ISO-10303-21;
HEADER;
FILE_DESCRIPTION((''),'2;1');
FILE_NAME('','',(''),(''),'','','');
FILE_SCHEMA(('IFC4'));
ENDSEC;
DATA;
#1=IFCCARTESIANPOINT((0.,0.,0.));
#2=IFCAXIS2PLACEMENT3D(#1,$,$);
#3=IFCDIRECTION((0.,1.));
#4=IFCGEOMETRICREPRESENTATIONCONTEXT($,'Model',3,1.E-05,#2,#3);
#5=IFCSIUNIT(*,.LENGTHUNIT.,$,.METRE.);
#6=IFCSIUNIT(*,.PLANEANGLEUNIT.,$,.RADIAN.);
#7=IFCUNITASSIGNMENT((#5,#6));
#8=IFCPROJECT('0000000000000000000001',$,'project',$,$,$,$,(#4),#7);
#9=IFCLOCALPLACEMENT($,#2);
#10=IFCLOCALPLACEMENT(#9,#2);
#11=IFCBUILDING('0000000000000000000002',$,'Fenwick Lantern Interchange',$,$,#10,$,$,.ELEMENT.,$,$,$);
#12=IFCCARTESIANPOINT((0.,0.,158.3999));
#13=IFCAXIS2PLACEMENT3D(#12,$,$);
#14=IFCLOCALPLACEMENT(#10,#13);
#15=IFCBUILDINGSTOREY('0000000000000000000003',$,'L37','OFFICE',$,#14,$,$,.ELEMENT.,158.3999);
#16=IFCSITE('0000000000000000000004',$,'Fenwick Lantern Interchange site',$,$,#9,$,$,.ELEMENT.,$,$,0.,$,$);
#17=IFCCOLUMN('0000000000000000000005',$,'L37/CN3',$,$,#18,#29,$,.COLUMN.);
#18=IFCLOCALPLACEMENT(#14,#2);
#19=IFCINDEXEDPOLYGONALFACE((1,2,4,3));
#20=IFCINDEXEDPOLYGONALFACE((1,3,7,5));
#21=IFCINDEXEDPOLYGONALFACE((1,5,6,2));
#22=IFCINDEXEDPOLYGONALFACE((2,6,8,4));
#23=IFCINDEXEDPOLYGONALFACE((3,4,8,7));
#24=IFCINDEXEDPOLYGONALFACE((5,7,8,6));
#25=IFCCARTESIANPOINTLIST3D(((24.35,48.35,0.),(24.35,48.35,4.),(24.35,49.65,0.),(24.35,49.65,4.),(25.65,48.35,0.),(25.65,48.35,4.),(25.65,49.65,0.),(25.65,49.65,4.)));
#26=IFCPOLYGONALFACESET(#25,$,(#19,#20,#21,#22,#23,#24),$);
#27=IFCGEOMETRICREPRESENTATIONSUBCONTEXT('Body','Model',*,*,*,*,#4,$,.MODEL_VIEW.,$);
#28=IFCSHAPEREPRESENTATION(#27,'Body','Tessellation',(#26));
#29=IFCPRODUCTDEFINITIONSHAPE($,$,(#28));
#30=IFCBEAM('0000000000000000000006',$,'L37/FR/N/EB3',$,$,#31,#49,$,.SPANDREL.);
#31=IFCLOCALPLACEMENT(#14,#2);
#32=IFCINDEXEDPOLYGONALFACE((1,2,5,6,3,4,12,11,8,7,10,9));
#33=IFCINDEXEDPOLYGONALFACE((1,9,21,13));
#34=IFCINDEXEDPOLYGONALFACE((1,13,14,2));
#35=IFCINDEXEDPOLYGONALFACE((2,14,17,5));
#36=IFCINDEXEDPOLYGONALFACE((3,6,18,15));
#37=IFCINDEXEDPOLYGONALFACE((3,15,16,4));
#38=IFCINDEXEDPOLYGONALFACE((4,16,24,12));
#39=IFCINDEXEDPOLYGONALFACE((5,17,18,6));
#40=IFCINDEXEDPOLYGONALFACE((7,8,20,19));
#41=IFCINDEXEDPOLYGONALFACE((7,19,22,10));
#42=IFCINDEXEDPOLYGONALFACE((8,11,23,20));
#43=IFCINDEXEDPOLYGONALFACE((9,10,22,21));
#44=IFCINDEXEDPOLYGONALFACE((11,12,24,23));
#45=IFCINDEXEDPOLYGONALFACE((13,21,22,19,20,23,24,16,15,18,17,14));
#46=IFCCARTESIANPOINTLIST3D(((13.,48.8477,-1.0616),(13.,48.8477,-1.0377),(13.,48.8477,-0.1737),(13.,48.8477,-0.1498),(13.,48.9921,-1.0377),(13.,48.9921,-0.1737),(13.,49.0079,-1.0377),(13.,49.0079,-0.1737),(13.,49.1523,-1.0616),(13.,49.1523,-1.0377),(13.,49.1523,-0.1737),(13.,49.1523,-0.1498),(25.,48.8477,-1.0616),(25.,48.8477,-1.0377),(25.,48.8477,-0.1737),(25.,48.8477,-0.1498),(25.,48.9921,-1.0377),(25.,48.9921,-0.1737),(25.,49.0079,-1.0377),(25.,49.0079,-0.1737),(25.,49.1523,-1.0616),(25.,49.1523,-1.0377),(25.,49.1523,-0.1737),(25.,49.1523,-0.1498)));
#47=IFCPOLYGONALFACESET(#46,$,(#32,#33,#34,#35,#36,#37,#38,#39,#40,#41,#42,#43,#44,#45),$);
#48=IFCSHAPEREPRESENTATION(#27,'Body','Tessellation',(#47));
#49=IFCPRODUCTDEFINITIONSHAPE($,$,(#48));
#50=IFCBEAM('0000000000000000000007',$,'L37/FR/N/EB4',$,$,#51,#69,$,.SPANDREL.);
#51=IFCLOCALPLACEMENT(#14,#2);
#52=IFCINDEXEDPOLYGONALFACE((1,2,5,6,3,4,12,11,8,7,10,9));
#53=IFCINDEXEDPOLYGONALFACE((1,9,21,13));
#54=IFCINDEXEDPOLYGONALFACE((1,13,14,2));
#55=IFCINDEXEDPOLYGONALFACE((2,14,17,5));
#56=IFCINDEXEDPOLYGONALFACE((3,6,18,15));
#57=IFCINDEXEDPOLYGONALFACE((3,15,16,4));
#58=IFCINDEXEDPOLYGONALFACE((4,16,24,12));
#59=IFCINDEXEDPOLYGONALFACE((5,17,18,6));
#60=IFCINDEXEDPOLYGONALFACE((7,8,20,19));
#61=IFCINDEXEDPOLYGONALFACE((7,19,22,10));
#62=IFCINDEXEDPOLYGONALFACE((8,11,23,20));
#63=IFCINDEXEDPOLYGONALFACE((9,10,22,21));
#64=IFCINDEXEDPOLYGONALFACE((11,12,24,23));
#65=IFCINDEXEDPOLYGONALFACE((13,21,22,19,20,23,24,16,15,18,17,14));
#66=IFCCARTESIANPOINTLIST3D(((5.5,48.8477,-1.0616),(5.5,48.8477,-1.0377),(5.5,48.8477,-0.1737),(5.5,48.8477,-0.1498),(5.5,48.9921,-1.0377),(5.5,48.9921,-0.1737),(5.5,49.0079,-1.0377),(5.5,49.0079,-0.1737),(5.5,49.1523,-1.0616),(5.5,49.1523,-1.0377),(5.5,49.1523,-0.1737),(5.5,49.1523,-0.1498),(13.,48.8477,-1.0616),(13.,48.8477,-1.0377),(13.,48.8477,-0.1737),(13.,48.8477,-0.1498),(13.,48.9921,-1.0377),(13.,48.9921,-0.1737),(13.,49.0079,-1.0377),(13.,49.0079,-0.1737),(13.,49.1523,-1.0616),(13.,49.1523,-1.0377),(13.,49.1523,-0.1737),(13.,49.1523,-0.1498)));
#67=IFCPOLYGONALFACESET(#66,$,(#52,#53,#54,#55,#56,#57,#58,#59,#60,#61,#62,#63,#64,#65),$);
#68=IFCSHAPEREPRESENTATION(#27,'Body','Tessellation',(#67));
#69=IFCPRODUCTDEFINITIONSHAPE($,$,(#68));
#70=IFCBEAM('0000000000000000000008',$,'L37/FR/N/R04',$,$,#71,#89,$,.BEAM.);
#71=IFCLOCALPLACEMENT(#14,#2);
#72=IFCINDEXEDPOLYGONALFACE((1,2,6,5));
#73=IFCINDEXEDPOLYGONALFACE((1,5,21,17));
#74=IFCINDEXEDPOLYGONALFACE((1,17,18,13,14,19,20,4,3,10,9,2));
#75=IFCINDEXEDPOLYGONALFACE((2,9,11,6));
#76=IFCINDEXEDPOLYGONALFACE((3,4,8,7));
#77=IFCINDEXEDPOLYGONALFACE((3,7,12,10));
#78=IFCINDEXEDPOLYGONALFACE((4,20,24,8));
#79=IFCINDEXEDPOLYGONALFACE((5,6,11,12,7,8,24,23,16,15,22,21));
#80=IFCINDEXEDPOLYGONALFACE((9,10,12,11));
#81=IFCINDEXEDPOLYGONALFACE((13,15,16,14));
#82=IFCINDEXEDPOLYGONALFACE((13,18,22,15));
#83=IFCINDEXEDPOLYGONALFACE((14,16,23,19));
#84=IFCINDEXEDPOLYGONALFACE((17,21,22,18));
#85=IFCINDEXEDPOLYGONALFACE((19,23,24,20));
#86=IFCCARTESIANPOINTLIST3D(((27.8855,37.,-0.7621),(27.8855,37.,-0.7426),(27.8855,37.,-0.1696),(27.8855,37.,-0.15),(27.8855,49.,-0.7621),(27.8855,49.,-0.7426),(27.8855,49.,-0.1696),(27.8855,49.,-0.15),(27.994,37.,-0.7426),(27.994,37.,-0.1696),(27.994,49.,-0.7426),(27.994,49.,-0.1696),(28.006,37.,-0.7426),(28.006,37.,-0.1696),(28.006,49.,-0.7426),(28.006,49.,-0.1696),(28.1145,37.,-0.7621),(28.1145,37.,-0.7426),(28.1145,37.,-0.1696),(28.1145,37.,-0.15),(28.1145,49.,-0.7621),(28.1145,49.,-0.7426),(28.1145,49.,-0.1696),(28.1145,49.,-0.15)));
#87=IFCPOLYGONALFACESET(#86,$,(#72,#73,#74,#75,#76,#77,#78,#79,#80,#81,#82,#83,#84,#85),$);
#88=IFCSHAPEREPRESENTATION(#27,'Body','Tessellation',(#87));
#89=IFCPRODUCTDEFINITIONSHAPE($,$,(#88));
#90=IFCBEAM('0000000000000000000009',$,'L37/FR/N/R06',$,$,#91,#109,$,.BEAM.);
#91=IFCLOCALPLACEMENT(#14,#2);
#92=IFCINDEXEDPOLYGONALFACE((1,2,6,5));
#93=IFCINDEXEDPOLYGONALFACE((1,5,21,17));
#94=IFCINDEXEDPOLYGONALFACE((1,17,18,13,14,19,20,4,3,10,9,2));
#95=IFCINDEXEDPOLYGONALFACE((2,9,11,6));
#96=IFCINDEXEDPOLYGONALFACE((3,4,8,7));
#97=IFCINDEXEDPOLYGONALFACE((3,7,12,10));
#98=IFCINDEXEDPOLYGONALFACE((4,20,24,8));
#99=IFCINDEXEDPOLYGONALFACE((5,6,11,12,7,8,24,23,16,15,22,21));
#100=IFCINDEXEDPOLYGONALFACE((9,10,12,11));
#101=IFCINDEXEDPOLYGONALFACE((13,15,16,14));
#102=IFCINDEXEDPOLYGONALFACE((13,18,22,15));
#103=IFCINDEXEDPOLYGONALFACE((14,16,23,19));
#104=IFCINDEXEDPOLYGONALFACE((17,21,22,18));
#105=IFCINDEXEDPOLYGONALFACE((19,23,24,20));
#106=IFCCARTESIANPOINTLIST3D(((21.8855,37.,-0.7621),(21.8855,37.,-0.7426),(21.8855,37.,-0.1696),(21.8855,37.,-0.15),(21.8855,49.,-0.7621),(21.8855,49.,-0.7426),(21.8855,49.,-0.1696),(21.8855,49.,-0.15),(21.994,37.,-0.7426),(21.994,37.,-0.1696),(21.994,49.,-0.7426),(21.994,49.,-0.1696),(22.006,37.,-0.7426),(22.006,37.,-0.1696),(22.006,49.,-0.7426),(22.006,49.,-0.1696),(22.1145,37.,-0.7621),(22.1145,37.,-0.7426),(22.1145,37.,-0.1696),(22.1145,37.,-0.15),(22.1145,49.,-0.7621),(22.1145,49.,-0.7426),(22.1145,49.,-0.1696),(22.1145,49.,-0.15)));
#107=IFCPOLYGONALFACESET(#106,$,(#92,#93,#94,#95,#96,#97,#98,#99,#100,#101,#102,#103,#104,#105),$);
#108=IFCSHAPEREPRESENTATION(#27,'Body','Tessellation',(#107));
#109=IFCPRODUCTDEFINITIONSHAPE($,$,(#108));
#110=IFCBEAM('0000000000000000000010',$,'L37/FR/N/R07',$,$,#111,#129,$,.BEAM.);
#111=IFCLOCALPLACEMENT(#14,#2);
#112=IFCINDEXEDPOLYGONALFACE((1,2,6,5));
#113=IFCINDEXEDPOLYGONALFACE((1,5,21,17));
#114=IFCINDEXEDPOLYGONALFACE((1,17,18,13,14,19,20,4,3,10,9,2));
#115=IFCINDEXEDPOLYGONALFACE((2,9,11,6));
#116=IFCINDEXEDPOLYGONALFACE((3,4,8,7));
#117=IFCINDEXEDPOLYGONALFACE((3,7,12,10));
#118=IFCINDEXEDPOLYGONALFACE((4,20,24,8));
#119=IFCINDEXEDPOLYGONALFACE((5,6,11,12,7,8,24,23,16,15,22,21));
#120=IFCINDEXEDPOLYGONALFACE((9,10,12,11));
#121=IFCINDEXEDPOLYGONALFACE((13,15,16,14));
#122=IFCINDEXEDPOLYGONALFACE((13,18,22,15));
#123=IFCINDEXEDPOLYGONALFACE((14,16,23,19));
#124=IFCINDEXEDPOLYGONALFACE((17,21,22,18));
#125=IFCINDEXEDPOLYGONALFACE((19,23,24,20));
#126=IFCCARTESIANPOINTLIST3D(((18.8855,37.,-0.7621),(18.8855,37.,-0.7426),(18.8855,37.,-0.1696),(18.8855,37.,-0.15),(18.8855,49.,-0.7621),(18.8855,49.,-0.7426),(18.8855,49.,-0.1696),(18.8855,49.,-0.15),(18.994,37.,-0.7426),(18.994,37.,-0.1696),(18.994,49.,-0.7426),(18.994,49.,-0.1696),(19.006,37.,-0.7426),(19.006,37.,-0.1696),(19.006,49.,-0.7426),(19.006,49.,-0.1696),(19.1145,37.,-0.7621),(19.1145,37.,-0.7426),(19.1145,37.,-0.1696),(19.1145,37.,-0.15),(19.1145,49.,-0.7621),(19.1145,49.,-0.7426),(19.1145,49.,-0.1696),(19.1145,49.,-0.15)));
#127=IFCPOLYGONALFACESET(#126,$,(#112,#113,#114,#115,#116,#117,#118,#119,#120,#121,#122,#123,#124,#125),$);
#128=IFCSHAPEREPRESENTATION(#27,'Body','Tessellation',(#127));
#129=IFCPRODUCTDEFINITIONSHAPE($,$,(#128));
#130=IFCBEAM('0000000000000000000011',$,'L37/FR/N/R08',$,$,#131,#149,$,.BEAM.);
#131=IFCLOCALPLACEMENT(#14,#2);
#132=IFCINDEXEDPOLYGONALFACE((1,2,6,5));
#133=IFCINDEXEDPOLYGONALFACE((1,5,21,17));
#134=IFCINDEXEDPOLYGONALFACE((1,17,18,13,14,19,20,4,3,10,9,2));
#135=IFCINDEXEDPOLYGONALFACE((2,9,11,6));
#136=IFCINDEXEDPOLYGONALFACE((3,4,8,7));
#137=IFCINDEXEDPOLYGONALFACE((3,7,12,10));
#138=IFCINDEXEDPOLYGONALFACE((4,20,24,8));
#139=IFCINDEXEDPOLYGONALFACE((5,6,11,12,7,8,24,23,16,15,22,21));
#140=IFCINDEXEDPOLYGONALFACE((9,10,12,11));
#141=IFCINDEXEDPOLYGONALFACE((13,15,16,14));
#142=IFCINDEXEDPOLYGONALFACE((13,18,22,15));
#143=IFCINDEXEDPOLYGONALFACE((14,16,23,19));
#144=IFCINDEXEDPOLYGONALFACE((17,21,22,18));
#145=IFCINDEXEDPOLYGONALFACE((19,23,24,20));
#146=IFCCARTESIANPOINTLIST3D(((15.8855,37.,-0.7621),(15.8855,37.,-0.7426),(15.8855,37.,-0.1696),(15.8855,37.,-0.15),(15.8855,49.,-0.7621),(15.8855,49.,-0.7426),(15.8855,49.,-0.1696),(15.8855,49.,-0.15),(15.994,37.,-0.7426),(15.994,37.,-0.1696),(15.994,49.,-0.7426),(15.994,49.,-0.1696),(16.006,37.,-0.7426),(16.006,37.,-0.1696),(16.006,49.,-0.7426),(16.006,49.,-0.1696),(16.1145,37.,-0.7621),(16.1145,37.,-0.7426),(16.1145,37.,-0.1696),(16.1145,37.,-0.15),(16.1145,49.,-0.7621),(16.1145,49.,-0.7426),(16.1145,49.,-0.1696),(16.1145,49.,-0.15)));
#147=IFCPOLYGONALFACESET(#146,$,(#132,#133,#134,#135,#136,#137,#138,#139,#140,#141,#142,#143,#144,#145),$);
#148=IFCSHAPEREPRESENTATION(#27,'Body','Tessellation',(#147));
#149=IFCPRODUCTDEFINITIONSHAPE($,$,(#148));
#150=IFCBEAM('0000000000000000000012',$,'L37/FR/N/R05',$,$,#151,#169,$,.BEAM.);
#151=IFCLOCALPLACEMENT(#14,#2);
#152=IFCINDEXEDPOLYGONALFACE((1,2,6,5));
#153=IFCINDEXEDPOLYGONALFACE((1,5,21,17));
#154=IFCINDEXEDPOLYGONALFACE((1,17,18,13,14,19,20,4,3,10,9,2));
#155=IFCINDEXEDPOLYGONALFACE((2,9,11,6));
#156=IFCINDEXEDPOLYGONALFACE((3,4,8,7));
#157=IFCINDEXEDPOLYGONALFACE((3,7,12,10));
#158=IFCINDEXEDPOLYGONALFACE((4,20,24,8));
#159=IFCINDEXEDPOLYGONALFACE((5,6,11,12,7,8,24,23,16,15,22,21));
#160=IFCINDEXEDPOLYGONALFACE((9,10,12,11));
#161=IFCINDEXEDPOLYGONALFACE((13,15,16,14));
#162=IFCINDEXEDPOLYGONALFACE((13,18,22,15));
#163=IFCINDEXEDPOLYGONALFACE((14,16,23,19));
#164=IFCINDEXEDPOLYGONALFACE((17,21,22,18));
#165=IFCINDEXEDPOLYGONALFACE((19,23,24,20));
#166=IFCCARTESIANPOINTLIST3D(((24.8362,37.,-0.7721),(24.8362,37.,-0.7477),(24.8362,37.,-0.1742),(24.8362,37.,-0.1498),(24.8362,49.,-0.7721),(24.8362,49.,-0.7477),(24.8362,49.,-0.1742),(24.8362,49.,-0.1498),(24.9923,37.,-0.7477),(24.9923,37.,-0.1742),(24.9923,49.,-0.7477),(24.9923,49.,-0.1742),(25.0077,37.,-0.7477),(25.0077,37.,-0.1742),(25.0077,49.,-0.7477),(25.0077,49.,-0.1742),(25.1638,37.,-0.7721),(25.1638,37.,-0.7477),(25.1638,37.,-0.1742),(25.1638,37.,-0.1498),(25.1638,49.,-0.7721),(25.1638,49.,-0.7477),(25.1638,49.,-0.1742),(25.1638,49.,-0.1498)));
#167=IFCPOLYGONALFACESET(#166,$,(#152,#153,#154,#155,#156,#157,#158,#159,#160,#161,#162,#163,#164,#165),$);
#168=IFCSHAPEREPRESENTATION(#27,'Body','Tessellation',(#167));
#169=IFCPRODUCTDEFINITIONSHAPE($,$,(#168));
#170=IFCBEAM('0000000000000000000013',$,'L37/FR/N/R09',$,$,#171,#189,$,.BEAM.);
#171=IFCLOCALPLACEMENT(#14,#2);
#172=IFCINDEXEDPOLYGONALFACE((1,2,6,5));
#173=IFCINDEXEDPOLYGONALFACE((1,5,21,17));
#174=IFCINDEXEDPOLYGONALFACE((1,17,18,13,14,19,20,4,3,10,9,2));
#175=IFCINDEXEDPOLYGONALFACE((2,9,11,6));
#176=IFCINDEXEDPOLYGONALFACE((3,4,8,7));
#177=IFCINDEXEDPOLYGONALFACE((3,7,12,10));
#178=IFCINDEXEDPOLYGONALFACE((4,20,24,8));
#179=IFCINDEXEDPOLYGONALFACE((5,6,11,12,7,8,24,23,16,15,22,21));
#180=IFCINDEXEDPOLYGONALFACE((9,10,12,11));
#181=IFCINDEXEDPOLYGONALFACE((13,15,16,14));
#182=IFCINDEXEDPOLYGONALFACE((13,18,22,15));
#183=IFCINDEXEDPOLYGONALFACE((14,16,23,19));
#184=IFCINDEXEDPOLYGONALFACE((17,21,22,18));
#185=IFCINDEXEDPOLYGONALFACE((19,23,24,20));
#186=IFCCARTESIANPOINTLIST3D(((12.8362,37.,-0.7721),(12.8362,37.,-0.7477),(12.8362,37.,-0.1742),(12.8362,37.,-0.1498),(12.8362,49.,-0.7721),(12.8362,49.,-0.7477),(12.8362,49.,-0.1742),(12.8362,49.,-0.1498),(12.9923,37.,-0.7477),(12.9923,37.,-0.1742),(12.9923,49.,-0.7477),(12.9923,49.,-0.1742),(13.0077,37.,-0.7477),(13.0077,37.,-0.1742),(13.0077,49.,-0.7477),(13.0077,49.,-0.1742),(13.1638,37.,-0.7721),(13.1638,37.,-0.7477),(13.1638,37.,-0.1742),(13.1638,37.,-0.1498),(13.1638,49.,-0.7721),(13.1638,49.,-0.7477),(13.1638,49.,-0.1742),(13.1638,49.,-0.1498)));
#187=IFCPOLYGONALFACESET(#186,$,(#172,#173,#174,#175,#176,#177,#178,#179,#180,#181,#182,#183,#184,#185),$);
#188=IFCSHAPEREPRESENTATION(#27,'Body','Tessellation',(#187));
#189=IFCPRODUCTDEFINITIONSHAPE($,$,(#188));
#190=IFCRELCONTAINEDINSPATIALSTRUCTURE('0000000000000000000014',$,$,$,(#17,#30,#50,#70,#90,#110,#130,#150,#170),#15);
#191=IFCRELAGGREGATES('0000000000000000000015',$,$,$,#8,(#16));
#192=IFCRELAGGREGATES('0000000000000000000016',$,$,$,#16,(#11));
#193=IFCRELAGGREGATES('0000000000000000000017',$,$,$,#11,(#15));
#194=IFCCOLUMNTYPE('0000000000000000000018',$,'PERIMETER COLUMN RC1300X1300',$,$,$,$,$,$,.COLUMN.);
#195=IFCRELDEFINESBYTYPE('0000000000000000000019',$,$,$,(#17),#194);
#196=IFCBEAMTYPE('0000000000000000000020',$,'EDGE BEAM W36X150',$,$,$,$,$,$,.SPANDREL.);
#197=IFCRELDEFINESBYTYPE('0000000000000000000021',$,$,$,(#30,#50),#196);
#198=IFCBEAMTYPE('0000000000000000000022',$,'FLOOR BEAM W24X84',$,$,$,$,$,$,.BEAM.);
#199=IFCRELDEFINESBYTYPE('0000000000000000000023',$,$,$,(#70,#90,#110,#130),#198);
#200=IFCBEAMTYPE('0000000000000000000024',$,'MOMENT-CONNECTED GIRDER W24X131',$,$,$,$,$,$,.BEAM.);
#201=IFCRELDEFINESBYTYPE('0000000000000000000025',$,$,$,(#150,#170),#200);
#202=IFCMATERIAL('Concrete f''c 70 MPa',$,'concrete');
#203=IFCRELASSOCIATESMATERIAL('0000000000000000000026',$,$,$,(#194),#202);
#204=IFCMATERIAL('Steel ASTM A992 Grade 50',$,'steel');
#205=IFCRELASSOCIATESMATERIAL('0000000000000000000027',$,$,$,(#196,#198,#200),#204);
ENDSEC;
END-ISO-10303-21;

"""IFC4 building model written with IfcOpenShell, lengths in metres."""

from ifc_helpers import new_model, si_unit, direction, frame, origin, origin_2d, place, context, subcontext, project, spatial, rectangle, i_section, extrude, material, material_profile, profile_set, type_object, element, save


model = new_model("IFC4")

# Units and contexts
model_context = context("Model", 3, precision=1e-05, world=origin(), true_north=direction((0.0, 1.0)))
body_context = subcontext(model_context, "Body", "Model", "MODEL_VIEW")
ifc_project = project(units=[si_unit("LENGTHUNIT", "METRE"), si_unit("PLANEANGLEUNIT", "RADIAN")], contexts=[model_context])

# Site, building, storey
site_placement = place(None, origin())
site = spatial("IfcSite", under=ifc_project, at=site_placement, Name="Fenwick Lantern Interchange site", CompositionType="ELEMENT", RefElevation=0.0)
building_placement = place(site_placement, origin())
building = spatial("IfcBuilding", under=site, at=building_placement, Name="Fenwick Lantern Interchange", CompositionType="ELEMENT")
storey_placement = place(building_placement, frame((0.0, 0.0, 158.3999)))
storey = spatial("IfcBuildingStorey", under=building, at=storey_placement, Name="L37", Description="OFFICE", CompositionType="ELEMENT", Elevation=158.3999)

# Column
ifc_material_1 = material(Name="Concrete f'c 70 MPa", Category="concrete")
ifc_material_profile_1 = material_profile(ifc_material_1, rectangle(XDim=1.3, YDim=1.3, at=origin_2d()), Name="RC1300X1300")
ifc_profile_set_1 = profile_set([ifc_material_profile_1], Name="Concrete f'c 70 MPa")
column_type = type_object("IfcColumnType", Name="PERIMETER COLUMN RC1300X1300", PredefinedType="COLUMN", material=ifc_profile_set_1)
column_placement = place(storey_placement, frame((25.0, 49.0, 0.0), z_axis=(0.0, 0.0, 1.0), x_axis=(1.0, 0.0, 0.0)))
element("IfcColumn", 1, at=column_placement, inside=storey, type_object=column_type, Name="L37/CN3", PredefinedType="COLUMN", context=body_context, shape_type="SweptSolid", body=[
    extrude(rectangle(XDim=1.3, YDim=1.3, at=origin_2d()), origin(), (0.0, 0.0, 1.0), 4.0),
])

# Beams
ifc_material_2 = material(Name="Steel ASTM A992 Grade 50", Category="steel")
ifc_material_profile_2 = material_profile(ifc_material_2, i_section(OverallWidth=0.3047, OverallDepth=0.9119, WebThickness=0.0159, FlangeThickness=0.0239, at=origin_2d()), Name="W36X150")
ifc_profile_set_2 = profile_set([ifc_material_profile_2], Name="Steel ASTM A992 Grade 50")
beam_type_1 = type_object("IfcBeamType", Name="EDGE BEAM W36X150", PredefinedType="SPANDREL", material=ifc_profile_set_2)
beam_1_placement = place(storey_placement, frame((25.0, 49.0, -0.6057), z_axis=(-1.0, 0.0, 0.0), x_axis=(0.0, -1.0, 0.0)))
element("IfcBeam", 2, at=beam_1_placement, inside=storey, type_object=beam_type_1, Name="L37/FR/N/EB3", PredefinedType="SPANDREL", context=body_context, shape_type="SweptSolid", body=[
    extrude(i_section(OverallWidth=0.3047, OverallDepth=0.9119, WebThickness=0.0159, FlangeThickness=0.0239, at=origin_2d()), origin(), (0.0, 0.0, 1.0), 12.0),
])
beam_2_placement = place(storey_placement, frame((13.0, 49.0, -0.6057), z_axis=(-1.0, 0.0, 0.0), x_axis=(0.0, -1.0, 0.0)))
element("IfcBeam", 3, at=beam_2_placement, inside=storey, type_object=beam_type_1, Name="L37/FR/N/EB4", PredefinedType="SPANDREL", context=body_context, shape_type="SweptSolid", body=[
    extrude(i_section(OverallWidth=0.3047, OverallDepth=0.9119, WebThickness=0.0159, FlangeThickness=0.0239, at=origin_2d()), origin(), (0.0, 0.0, 1.0), 7.5),
])
ifc_material_profile_3 = material_profile(ifc_material_2, i_section(OverallWidth=0.229, OverallDepth=0.6121, WebThickness=0.012, FlangeThickness=0.0195, at=origin_2d()), Name="W24X84")
ifc_profile_set_3 = profile_set([ifc_material_profile_3], Name="Steel ASTM A992 Grade 50")
beam_type_2 = type_object("IfcBeamType", Name="FLOOR BEAM W24X84", PredefinedType="BEAM", material=ifc_profile_set_3)
for number, where, z_axis, x_axis, name in (
    (4, (28.0, 49.0, -0.4561), (0.0, -1.0, 0.0), (1.0, 0.0, 0.0), "L37/FR/N/R04"),
    (5, (22.0, 49.0, -0.4561), (0.0, -1.0, 0.0), (1.0, 0.0, 0.0), "L37/FR/N/R06"),
    (6, (19.0, 49.0, -0.4561), (0.0, -1.0, 0.0), (1.0, 0.0, 0.0), "L37/FR/N/R07"),
    (7, (16.0, 49.0, -0.4561), (0.0, -1.0, 0.0), (1.0, 0.0, 0.0), "L37/FR/N/R08"),
):
    element("IfcBeam", number, at=place(storey_placement, frame(where, z_axis=z_axis, x_axis=x_axis)), inside=storey, type_object=beam_type_2, Name=name, PredefinedType="BEAM", context=body_context, shape_type="SweptSolid", body=[
        extrude(i_section(OverallWidth=0.229, OverallDepth=0.6121, WebThickness=0.012, FlangeThickness=0.0195, at=origin_2d()), origin(), (0.0, 0.0, 1.0), 12.0),
    ])
ifc_material_profile_4 = material_profile(ifc_material_2, i_section(OverallWidth=0.3276, OverallDepth=0.6223, WebThickness=0.0154, FlangeThickness=0.0244, at=origin_2d()), Name="W24X131")
ifc_profile_set_4 = profile_set([ifc_material_profile_4], Name="Steel ASTM A992 Grade 50")
beam_type_3 = type_object("IfcBeamType", Name="MOMENT-CONNECTED GIRDER W24X131", PredefinedType="BEAM", material=ifc_profile_set_4)
for number, where, z_axis, x_axis, name in (
    (8, (25.0, 49.0, -0.4609), (0.0, -1.0, 0.0), (1.0, 0.0, 0.0), "L37/FR/N/R05"),
    (9, (13.0, 49.0, -0.4609), (0.0, -1.0, 0.0), (1.0, 0.0, 0.0), "L37/FR/N/R09"),
):
    element("IfcBeam", number, at=place(storey_placement, frame(where, z_axis=z_axis, x_axis=x_axis)), inside=storey, type_object=beam_type_3, Name=name, PredefinedType="BEAM", context=body_context, shape_type="SweptSolid", body=[
        extrude(i_section(OverallWidth=0.3276, OverallDepth=0.6223, WebThickness=0.0154, FlangeThickness=0.0244, at=origin_2d()), origin(), (0.0, 0.0, 1.0), 12.0),
    ])

save(model, "model.ifc")
